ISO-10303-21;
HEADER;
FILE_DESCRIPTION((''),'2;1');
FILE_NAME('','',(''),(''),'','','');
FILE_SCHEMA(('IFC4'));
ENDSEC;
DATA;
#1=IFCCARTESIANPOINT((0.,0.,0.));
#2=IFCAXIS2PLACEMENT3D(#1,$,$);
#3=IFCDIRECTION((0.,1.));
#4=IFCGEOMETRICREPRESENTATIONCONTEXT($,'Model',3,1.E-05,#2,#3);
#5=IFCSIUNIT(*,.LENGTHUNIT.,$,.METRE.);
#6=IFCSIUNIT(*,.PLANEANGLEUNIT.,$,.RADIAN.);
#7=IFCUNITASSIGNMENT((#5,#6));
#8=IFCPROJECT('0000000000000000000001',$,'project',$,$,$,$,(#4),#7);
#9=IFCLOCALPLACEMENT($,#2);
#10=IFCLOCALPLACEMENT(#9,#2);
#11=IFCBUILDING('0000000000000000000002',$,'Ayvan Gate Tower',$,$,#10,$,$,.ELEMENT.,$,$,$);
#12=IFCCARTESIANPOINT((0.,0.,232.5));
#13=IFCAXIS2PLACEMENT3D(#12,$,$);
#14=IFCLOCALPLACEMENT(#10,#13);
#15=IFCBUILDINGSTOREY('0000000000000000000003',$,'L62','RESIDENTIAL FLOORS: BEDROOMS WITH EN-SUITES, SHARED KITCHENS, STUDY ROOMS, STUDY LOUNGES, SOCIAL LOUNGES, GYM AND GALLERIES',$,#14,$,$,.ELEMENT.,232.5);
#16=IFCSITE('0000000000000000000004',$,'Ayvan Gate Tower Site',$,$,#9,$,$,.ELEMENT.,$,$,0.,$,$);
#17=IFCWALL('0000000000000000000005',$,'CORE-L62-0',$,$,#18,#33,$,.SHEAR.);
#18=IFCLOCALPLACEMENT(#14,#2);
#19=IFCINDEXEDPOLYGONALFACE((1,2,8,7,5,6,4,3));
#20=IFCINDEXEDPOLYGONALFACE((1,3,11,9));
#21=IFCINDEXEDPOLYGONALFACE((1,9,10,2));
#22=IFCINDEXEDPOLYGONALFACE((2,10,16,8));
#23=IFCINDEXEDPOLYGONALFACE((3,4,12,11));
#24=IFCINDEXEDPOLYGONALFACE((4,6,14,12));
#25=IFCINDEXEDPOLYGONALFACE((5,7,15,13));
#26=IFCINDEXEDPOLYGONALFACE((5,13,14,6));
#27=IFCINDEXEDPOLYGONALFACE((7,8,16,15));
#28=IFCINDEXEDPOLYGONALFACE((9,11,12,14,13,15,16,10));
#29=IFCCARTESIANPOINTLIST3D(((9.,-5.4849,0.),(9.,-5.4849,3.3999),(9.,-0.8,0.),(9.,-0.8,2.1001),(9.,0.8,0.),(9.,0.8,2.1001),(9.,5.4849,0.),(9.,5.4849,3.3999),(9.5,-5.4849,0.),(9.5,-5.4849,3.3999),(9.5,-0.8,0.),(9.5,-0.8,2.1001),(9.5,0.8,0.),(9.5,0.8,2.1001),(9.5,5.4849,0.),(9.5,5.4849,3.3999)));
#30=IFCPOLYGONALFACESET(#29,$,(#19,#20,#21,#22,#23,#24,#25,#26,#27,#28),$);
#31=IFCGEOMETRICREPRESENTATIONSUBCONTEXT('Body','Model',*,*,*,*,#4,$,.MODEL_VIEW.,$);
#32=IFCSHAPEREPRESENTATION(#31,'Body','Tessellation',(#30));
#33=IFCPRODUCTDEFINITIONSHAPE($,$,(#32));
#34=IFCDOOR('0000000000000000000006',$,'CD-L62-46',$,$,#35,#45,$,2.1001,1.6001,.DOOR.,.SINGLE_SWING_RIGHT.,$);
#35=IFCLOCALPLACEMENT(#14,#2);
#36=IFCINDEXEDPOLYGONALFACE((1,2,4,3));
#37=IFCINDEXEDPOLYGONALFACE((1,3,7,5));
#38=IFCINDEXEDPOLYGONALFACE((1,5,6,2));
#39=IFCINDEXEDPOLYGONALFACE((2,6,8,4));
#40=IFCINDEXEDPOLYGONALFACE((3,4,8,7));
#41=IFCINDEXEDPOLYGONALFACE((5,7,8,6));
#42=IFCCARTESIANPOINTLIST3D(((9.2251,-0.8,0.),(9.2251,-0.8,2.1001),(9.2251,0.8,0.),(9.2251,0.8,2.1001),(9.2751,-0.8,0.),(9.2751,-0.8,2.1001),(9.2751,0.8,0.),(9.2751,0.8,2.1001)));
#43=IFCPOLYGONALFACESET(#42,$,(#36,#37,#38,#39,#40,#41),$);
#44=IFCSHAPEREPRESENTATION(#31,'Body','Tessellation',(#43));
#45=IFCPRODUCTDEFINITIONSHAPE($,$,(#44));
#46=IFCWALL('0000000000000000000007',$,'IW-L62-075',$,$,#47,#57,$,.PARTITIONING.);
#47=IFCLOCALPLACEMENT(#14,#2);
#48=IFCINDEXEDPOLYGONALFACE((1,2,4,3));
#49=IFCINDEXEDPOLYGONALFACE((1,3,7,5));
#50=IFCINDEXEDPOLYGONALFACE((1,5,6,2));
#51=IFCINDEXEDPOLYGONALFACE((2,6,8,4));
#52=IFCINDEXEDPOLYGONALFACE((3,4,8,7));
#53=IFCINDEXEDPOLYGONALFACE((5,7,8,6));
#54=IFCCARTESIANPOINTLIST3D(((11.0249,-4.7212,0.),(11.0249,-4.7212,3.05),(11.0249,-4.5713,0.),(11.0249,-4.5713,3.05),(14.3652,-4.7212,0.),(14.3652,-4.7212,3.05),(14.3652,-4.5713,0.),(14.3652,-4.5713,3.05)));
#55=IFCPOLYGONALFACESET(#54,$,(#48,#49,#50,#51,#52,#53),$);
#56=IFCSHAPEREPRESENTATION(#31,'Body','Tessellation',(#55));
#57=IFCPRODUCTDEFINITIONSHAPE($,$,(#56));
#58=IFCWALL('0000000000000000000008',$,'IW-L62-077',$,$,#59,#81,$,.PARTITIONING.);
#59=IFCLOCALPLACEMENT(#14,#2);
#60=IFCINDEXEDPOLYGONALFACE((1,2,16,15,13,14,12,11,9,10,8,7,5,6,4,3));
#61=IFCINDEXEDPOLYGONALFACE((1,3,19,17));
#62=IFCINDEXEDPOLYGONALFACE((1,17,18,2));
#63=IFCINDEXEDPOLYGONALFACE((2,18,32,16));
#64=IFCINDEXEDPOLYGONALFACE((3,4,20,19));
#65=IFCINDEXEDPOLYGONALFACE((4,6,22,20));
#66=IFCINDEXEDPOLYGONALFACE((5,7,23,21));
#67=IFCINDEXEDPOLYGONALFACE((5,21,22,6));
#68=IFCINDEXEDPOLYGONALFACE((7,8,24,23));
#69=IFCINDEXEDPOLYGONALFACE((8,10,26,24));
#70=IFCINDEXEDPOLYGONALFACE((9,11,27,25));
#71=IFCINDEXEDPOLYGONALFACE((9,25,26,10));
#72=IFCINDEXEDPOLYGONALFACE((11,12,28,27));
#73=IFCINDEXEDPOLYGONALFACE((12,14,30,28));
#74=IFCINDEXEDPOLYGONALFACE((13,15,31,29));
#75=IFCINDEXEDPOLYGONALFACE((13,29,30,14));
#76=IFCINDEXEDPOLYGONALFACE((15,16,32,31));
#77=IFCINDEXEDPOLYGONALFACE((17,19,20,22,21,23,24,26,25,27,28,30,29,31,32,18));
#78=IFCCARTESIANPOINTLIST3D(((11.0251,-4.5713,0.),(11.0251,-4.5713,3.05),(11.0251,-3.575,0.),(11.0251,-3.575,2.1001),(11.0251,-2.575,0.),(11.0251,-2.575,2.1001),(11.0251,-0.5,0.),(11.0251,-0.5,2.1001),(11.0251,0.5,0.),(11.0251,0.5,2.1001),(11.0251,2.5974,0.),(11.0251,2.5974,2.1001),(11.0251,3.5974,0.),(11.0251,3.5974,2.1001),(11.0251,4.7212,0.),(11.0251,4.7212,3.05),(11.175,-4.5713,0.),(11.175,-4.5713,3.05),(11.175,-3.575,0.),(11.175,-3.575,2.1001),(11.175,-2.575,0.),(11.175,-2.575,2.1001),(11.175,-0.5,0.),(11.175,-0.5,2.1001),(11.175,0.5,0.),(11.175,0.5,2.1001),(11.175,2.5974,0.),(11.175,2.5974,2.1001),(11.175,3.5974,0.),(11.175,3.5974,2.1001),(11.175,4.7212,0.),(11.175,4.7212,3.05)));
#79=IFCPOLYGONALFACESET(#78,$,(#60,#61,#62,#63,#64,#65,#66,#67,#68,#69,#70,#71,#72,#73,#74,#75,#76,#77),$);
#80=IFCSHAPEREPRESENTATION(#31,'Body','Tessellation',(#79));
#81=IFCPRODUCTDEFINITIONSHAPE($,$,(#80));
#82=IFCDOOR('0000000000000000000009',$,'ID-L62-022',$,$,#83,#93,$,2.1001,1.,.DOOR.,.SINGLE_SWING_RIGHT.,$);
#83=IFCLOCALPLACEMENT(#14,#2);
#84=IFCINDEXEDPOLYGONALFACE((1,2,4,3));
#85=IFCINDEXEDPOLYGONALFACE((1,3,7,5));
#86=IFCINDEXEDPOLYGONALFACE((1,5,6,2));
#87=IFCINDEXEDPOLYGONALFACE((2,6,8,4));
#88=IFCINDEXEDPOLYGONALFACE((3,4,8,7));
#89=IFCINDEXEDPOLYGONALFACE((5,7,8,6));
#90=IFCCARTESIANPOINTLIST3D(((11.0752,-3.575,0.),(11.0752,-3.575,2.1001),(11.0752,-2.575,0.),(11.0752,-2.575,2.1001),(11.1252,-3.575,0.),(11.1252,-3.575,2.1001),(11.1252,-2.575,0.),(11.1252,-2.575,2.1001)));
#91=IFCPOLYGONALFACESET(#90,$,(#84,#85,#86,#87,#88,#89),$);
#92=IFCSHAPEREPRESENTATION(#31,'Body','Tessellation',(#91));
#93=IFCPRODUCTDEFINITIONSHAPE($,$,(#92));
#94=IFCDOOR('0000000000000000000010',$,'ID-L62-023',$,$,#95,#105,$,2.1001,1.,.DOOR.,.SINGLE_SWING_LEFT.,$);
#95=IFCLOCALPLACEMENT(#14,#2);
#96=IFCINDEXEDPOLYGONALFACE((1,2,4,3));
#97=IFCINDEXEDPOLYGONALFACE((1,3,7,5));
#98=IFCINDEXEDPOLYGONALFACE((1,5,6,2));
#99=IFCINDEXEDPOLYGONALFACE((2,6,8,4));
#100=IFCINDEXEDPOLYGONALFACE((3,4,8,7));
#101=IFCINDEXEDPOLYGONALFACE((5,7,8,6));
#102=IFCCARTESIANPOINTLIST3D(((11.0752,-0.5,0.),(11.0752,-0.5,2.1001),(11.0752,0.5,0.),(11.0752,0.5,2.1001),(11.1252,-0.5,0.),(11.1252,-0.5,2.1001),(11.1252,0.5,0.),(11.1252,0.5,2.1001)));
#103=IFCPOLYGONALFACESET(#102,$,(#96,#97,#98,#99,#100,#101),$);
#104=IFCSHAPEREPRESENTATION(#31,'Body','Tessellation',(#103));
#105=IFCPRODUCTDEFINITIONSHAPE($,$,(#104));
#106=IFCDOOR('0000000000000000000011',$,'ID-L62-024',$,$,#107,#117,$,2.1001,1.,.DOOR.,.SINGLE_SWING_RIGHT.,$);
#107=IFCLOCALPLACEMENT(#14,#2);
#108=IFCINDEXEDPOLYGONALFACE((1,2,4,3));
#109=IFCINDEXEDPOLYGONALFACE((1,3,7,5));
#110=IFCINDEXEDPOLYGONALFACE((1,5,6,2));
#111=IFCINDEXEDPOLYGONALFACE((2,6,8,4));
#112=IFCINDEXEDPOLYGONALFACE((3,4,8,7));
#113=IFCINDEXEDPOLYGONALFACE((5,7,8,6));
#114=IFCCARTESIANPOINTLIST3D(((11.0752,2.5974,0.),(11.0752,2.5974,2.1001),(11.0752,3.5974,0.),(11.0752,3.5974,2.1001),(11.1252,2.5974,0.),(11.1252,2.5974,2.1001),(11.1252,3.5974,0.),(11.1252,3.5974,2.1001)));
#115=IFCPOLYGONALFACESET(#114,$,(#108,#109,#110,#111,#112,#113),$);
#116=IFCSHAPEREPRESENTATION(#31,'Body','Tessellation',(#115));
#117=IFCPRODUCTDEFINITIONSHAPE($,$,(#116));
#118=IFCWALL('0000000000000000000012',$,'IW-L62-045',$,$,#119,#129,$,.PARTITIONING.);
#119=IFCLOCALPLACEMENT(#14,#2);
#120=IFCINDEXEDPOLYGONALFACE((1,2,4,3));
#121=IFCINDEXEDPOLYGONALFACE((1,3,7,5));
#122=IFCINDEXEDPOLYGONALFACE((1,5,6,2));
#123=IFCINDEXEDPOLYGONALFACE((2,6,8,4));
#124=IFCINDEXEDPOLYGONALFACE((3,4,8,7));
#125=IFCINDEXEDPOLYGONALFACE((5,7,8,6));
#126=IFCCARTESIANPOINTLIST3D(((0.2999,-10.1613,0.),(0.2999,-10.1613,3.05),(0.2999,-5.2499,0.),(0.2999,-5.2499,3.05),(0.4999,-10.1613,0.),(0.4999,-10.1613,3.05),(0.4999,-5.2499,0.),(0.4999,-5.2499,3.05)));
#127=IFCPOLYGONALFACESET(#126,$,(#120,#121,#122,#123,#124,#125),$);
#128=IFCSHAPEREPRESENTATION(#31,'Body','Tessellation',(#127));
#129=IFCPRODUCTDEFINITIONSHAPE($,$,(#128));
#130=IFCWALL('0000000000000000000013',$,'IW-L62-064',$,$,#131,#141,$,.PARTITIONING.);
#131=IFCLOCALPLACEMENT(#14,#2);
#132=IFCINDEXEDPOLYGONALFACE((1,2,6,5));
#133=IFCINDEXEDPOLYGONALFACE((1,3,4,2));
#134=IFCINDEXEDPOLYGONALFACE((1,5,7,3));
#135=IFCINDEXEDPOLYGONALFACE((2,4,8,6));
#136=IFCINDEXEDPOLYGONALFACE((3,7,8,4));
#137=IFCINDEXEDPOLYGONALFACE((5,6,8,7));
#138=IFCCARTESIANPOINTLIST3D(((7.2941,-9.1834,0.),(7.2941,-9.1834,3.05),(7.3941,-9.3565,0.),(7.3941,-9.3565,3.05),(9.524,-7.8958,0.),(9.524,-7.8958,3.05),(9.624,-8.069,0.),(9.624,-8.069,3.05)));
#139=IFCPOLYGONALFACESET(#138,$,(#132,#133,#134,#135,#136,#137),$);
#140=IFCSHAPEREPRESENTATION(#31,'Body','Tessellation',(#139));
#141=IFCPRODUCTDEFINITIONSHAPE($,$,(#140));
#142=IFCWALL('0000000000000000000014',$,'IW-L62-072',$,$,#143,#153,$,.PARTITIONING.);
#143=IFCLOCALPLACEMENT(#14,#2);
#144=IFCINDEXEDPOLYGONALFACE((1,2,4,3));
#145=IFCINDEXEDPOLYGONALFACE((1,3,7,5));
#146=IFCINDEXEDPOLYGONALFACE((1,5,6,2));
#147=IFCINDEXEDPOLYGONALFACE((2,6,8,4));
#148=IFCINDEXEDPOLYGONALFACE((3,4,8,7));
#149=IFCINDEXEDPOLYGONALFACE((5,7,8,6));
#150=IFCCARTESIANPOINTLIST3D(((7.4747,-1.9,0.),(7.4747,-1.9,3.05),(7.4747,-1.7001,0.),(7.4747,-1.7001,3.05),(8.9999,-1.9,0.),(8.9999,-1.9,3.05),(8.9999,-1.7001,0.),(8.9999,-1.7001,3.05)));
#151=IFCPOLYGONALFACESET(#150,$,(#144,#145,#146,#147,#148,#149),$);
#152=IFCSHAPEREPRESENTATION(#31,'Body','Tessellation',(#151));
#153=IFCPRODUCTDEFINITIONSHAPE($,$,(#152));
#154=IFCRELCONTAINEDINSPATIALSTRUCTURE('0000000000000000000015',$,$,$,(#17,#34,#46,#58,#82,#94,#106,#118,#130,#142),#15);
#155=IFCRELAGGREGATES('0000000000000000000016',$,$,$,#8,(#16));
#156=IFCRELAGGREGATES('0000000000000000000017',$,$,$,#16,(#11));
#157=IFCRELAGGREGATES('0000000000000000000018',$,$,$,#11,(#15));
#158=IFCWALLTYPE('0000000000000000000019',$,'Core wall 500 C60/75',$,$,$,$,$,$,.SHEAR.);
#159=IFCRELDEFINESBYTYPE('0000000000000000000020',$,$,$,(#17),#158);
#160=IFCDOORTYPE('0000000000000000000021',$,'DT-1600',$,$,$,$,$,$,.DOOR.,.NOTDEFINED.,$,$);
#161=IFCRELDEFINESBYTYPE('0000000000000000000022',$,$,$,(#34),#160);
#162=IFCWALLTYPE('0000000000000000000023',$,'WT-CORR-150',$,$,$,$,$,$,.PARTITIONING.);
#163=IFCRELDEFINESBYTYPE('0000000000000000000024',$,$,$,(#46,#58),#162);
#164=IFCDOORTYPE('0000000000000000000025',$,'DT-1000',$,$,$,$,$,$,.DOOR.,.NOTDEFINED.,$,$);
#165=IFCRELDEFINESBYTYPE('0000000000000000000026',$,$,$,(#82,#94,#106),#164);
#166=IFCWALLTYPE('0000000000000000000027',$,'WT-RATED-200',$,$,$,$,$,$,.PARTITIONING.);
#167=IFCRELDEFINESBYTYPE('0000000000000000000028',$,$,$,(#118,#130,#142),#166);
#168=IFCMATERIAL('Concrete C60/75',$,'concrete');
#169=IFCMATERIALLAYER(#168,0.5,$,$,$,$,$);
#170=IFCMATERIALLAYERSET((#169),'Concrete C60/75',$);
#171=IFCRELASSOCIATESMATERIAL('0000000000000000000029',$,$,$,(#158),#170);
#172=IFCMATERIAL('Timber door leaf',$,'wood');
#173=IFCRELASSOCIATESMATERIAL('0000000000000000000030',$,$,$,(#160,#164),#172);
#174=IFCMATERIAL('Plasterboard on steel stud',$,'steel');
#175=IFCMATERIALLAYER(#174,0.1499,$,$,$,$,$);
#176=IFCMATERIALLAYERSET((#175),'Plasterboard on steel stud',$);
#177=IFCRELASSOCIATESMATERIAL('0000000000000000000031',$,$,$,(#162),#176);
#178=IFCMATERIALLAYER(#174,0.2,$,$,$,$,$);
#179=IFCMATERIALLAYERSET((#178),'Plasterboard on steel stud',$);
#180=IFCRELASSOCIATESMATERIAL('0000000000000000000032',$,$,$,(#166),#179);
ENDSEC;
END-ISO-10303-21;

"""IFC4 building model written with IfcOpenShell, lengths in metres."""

from ifc_helpers import new_model, si_unit, direction, frame, frame_2d, origin, place, context, subcontext, project, spatial, rectangle, extrude, material, layer, layer_set, type_object, element, fill, save


model = new_model("IFC4")

# Units and contexts
model_context = context("Model", 3, precision=1e-05, world=origin(), true_north=direction((0.0, 1.0)))
body_context = subcontext(model_context, "Body", "Model", "MODEL_VIEW")
ifc_project = project(units=[si_unit("LENGTHUNIT", "METRE"), si_unit("PLANEANGLEUNIT", "RADIAN")], contexts=[model_context])

# Site, building, storey
site_placement = place(None, origin())
site = spatial("IfcSite", under=ifc_project, at=site_placement, Name="Ayvan Gate Tower Site", CompositionType="ELEMENT", RefElevation=0.0)
building_placement = place(site_placement, origin())
building = spatial("IfcBuilding", under=site, at=building_placement, Name="Ayvan Gate Tower", CompositionType="ELEMENT")
storey_placement = place(building_placement, frame((0.0, 0.0, 232.5)))
storey = spatial("IfcBuildingStorey", under=building, at=storey_placement, Name="L62", Description="RESIDENTIAL FLOORS: BEDROOMS WITH EN-SUITES, SHARED KITCHENS, STUDY ROOMS, STUDY LOUNGES, SOCIAL LOUNGES, GYM AND GALLERIES", CompositionType="ELEMENT", Elevation=232.5)

# Wall, opening, door
ifc_material_1 = material(Name="Concrete C60/75", Category="concrete")
ifc_layer_1 = layer(ifc_material_1, 0.5)
ifc_layer_set_1 = layer_set([ifc_layer_1], Name="Concrete C60/75")
wall_type_1 = type_object("IfcWallType", Name="Core wall 500 C60/75", PredefinedType="SHEAR", material=ifc_layer_set_1)
wall_1_placement = place(storey_placement, frame((9.25, -5.4849, 0.0), z_axis=(0.0, 0.0, 1.0), x_axis=(0.0, 1.0, 0.0)))
wall_1 = element("IfcWall", 1, at=wall_1_placement, inside=storey, type_object=wall_type_1, Name="CORE-L62-0", PredefinedType="SHEAR", context=body_context, shape_type="SweptSolid", body=[
    extrude(rectangle(XDim=10.9697, YDim=0.5, at=frame_2d((5.4849, 0.0))), origin(), (0.0, 0.0, 1.0), 3.3999),
])
opening_1_placement = place(wall_1_placement, frame((4.6848, 0.0, 0.0)))
opening_1 = element("IfcOpeningElement", 2, at=opening_1_placement, cuts=wall_1, PredefinedType="OPENING", context=body_context, shape_type="SweptSolid", body=[
    extrude(rectangle(XDim=1.6001, YDim=2.1001, at=frame_2d((0.8, 1.05))), frame((0.0, 0.26, 0.0), z_axis=(0.0, -1.0, 0.0), x_axis=(1.0, 0.0, 0.0)), (0.0, 0.0, 1.0), 0.52),
])
ifc_material_2 = material(Name="Timber door leaf", Category="wood")
door_type_1 = type_object("IfcDoorType", Name="DT-1600", OperationType="NOTDEFINED", PredefinedType="DOOR", material=ifc_material_2)
door_1_placement = place(opening_1_placement, origin())
door_1 = element("IfcDoor", 3, at=door_1_placement, inside=storey, type_object=door_type_1, Name="CD-L62-46", OperationType="SINGLE_SWING_RIGHT", OverallHeight=2.1001, OverallWidth=1.6001, PredefinedType="DOOR", context=body_context, shape_type="SweptSolid", body=[
    extrude(rectangle(XDim=1.6001, YDim=2.1001, at=frame_2d((0.8, 1.05))), frame((0.0, 0.0249, 0.0), z_axis=(0.0, -1.0, 0.0), x_axis=(1.0, 0.0, 0.0)), (0.0, 0.0, 1.0), 0.05),
])
fill(opening_1, door_1)

# Wall
ifc_material_3 = material(Name="Plasterboard on steel stud", Category="steel")
ifc_layer_2 = layer(ifc_material_3, 0.1499)
ifc_layer_set_2 = layer_set([ifc_layer_2], Name="Plasterboard on steel stud")
wall_type_2 = type_object("IfcWallType", Name="WT-CORR-150", PredefinedType="PARTITIONING", material=ifc_layer_set_2)
wall_2_placement = place(storey_placement, frame((11.0249, -4.6462, 0.0), z_axis=(0.0, 0.0, 1.0), x_axis=(1.0, 0.0, 0.0)))
element("IfcWall", 4, at=wall_2_placement, inside=storey, type_object=wall_type_2, Name="IW-L62-075", PredefinedType="PARTITIONING", context=body_context, shape_type="SweptSolid", body=[
    extrude(rectangle(XDim=3.3403, YDim=0.1499, at=frame_2d((1.6702, 0.0))), origin(), (0.0, 0.0, 1.0), 3.05),
])

# Wall, openings, doors
wall_3_placement = place(storey_placement, frame((11.1001, -4.5713, 0.0), z_axis=(0.0, 0.0, 1.0), x_axis=(0.0, 1.0, 0.0)))
wall_3 = element("IfcWall", 5, at=wall_3_placement, inside=storey, type_object=wall_type_2, Name="IW-L62-077", PredefinedType="PARTITIONING", context=body_context, shape_type="SweptSolid", body=[
    extrude(rectangle(XDim=9.2925, YDim=0.1499, at=frame_2d((4.6462, 0.0))), origin(), (0.0, 0.0, 1.0), 3.05),
])
opening_2_placement = place(wall_3_placement, frame((0.9963, 0.0, 0.0)))
opening_2 = element("IfcOpeningElement", 6, at=opening_2_placement, cuts=wall_3, PredefinedType="OPENING", context=body_context, shape_type="SweptSolid", body=[
    extrude(rectangle(XDim=1.0, YDim=2.1001, at=frame_2d((0.5, 1.05))), frame((0.0, 0.085, 0.0), z_axis=(0.0, -1.0, 0.0), x_axis=(1.0, 0.0, 0.0)), (0.0, 0.0, 1.0), 0.1699),
])
opening_3_placement = place(wall_3_placement, frame((4.0713, 0.0, 0.0)))
opening_3 = element("IfcOpeningElement", 7, at=opening_3_placement, cuts=wall_3, PredefinedType="OPENING", context=body_context, shape_type="SweptSolid", body=[
    extrude(rectangle(XDim=1.0, YDim=2.1001, at=frame_2d((0.5, 1.05))), frame((0.0, 0.085, 0.0), z_axis=(0.0, -1.0, 0.0), x_axis=(1.0, 0.0, 0.0)), (0.0, 0.0, 1.0), 0.1699),
])
opening_4_placement = place(wall_3_placement, frame((7.1687, 0.0, 0.0)))
opening_4 = element("IfcOpeningElement", 8, at=opening_4_placement, cuts=wall_3, PredefinedType="OPENING", context=body_context, shape_type="SweptSolid", body=[
    extrude(rectangle(XDim=1.0, YDim=2.1001, at=frame_2d((0.5, 1.05))), frame((0.0, 0.085, 0.0), z_axis=(0.0, -1.0, 0.0), x_axis=(1.0, 0.0, 0.0)), (0.0, 0.0, 1.0), 0.1699),
])
door_type_2 = type_object("IfcDoorType", Name="DT-1000", OperationType="NOTDEFINED", PredefinedType="DOOR", material=ifc_material_2)
door_2_placement = place(opening_2_placement, origin())
door_2 = element("IfcDoor", 9, at=door_2_placement, inside=storey, type_object=door_type_2, Name="ID-L62-022", OperationType="SINGLE_SWING_RIGHT", OverallHeight=2.1001, OverallWidth=1.0, PredefinedType="DOOR", context=body_context, shape_type="SweptSolid", body=[
    extrude(rectangle(XDim=1.0, YDim=2.1001, at=frame_2d((0.5, 1.05))), frame((0.0, 0.0249, 0.0), z_axis=(0.0, -1.0, 0.0), x_axis=(1.0, 0.0, 0.0)), (0.0, 0.0, 1.0), 0.05),
])
fill(opening_2, door_2)
door_3_placement = place(opening_3_placement, origin())
door_3 = element("IfcDoor", 10, at=door_3_placement, inside=storey, type_object=door_type_2, Name="ID-L62-023", OperationType="SINGLE_SWING_LEFT", OverallHeight=2.1001, OverallWidth=1.0, PredefinedType="DOOR", context=body_context, shape_type="SweptSolid", body=[
    extrude(rectangle(XDim=1.0, YDim=2.1001, at=frame_2d((0.5, 1.05))), frame((0.0, 0.0249, 0.0), z_axis=(0.0, -1.0, 0.0), x_axis=(1.0, 0.0, 0.0)), (0.0, 0.0, 1.0), 0.05),
])
fill(opening_3, door_3)
door_4_placement = place(opening_4_placement, origin())
door_4 = element("IfcDoor", 11, at=door_4_placement, inside=storey, type_object=door_type_2, Name="ID-L62-024", OperationType="SINGLE_SWING_RIGHT", OverallHeight=2.1001, OverallWidth=1.0, PredefinedType="DOOR", context=body_context, shape_type="SweptSolid", body=[
    extrude(rectangle(XDim=1.0, YDim=2.1001, at=frame_2d((0.5, 1.05))), frame((0.0, 0.0249, 0.0), z_axis=(0.0, -1.0, 0.0), x_axis=(1.0, 0.0, 0.0)), (0.0, 0.0, 1.0), 0.05),
])
fill(opening_4, door_4)

# Walls
ifc_layer_3 = layer(ifc_material_3, 0.2)
ifc_layer_set_3 = layer_set([ifc_layer_3], Name="Plasterboard on steel stud")
wall_type_3 = type_object("IfcWallType", Name="WT-RATED-200", PredefinedType="PARTITIONING", material=ifc_layer_set_3)
wall_4_placement = place(storey_placement, frame((0.3999, -5.25, 0.0), z_axis=(0.0, 0.0, 1.0), x_axis=(0.0, -1.0, 0.0)))
element("IfcWall", 12, at=wall_4_placement, inside=storey, type_object=wall_type_3, Name="IW-L62-045", PredefinedType="PARTITIONING", context=body_context, shape_type="SweptSolid", body=[
    extrude(rectangle(XDim=4.9114, YDim=0.2, at=frame_2d((2.4556, 0.0))), origin(), (0.0, 0.0, 1.0), 3.05),
])
wall_5_placement = place(storey_placement, frame((7.344, -9.27, 0.0), z_axis=(0.0, 0.0, 1.0), x_axis=(0.866006, 0.500034, 0.0)))
element("IfcWall", 13, at=wall_5_placement, inside=storey, type_object=wall_type_3, Name="IW-L62-064", PredefinedType="PARTITIONING", context=body_context, shape_type="SweptSolid", body=[
    extrude(rectangle(XDim=2.575, YDim=0.2, at=frame_2d((1.2876, 0.0))), origin(), (0.0, 0.0, 1.0), 3.05),
])
wall_6_placement = place(storey_placement, frame((9.0, -1.8, 0.0), z_axis=(0.0, 0.0, 1.0), x_axis=(-1.0, 0.0, 0.0)))
element("IfcWall", 14, at=wall_6_placement, inside=storey, type_object=wall_type_3, Name="IW-L62-072", PredefinedType="PARTITIONING", context=body_context, shape_type="SweptSolid", body=[
    extrude(rectangle(XDim=1.5251, YDim=0.2, at=frame_2d((0.7627, 0.0))), origin(), (0.0, 0.0, 1.0), 3.05),
])

save(model, "model.ifc")
